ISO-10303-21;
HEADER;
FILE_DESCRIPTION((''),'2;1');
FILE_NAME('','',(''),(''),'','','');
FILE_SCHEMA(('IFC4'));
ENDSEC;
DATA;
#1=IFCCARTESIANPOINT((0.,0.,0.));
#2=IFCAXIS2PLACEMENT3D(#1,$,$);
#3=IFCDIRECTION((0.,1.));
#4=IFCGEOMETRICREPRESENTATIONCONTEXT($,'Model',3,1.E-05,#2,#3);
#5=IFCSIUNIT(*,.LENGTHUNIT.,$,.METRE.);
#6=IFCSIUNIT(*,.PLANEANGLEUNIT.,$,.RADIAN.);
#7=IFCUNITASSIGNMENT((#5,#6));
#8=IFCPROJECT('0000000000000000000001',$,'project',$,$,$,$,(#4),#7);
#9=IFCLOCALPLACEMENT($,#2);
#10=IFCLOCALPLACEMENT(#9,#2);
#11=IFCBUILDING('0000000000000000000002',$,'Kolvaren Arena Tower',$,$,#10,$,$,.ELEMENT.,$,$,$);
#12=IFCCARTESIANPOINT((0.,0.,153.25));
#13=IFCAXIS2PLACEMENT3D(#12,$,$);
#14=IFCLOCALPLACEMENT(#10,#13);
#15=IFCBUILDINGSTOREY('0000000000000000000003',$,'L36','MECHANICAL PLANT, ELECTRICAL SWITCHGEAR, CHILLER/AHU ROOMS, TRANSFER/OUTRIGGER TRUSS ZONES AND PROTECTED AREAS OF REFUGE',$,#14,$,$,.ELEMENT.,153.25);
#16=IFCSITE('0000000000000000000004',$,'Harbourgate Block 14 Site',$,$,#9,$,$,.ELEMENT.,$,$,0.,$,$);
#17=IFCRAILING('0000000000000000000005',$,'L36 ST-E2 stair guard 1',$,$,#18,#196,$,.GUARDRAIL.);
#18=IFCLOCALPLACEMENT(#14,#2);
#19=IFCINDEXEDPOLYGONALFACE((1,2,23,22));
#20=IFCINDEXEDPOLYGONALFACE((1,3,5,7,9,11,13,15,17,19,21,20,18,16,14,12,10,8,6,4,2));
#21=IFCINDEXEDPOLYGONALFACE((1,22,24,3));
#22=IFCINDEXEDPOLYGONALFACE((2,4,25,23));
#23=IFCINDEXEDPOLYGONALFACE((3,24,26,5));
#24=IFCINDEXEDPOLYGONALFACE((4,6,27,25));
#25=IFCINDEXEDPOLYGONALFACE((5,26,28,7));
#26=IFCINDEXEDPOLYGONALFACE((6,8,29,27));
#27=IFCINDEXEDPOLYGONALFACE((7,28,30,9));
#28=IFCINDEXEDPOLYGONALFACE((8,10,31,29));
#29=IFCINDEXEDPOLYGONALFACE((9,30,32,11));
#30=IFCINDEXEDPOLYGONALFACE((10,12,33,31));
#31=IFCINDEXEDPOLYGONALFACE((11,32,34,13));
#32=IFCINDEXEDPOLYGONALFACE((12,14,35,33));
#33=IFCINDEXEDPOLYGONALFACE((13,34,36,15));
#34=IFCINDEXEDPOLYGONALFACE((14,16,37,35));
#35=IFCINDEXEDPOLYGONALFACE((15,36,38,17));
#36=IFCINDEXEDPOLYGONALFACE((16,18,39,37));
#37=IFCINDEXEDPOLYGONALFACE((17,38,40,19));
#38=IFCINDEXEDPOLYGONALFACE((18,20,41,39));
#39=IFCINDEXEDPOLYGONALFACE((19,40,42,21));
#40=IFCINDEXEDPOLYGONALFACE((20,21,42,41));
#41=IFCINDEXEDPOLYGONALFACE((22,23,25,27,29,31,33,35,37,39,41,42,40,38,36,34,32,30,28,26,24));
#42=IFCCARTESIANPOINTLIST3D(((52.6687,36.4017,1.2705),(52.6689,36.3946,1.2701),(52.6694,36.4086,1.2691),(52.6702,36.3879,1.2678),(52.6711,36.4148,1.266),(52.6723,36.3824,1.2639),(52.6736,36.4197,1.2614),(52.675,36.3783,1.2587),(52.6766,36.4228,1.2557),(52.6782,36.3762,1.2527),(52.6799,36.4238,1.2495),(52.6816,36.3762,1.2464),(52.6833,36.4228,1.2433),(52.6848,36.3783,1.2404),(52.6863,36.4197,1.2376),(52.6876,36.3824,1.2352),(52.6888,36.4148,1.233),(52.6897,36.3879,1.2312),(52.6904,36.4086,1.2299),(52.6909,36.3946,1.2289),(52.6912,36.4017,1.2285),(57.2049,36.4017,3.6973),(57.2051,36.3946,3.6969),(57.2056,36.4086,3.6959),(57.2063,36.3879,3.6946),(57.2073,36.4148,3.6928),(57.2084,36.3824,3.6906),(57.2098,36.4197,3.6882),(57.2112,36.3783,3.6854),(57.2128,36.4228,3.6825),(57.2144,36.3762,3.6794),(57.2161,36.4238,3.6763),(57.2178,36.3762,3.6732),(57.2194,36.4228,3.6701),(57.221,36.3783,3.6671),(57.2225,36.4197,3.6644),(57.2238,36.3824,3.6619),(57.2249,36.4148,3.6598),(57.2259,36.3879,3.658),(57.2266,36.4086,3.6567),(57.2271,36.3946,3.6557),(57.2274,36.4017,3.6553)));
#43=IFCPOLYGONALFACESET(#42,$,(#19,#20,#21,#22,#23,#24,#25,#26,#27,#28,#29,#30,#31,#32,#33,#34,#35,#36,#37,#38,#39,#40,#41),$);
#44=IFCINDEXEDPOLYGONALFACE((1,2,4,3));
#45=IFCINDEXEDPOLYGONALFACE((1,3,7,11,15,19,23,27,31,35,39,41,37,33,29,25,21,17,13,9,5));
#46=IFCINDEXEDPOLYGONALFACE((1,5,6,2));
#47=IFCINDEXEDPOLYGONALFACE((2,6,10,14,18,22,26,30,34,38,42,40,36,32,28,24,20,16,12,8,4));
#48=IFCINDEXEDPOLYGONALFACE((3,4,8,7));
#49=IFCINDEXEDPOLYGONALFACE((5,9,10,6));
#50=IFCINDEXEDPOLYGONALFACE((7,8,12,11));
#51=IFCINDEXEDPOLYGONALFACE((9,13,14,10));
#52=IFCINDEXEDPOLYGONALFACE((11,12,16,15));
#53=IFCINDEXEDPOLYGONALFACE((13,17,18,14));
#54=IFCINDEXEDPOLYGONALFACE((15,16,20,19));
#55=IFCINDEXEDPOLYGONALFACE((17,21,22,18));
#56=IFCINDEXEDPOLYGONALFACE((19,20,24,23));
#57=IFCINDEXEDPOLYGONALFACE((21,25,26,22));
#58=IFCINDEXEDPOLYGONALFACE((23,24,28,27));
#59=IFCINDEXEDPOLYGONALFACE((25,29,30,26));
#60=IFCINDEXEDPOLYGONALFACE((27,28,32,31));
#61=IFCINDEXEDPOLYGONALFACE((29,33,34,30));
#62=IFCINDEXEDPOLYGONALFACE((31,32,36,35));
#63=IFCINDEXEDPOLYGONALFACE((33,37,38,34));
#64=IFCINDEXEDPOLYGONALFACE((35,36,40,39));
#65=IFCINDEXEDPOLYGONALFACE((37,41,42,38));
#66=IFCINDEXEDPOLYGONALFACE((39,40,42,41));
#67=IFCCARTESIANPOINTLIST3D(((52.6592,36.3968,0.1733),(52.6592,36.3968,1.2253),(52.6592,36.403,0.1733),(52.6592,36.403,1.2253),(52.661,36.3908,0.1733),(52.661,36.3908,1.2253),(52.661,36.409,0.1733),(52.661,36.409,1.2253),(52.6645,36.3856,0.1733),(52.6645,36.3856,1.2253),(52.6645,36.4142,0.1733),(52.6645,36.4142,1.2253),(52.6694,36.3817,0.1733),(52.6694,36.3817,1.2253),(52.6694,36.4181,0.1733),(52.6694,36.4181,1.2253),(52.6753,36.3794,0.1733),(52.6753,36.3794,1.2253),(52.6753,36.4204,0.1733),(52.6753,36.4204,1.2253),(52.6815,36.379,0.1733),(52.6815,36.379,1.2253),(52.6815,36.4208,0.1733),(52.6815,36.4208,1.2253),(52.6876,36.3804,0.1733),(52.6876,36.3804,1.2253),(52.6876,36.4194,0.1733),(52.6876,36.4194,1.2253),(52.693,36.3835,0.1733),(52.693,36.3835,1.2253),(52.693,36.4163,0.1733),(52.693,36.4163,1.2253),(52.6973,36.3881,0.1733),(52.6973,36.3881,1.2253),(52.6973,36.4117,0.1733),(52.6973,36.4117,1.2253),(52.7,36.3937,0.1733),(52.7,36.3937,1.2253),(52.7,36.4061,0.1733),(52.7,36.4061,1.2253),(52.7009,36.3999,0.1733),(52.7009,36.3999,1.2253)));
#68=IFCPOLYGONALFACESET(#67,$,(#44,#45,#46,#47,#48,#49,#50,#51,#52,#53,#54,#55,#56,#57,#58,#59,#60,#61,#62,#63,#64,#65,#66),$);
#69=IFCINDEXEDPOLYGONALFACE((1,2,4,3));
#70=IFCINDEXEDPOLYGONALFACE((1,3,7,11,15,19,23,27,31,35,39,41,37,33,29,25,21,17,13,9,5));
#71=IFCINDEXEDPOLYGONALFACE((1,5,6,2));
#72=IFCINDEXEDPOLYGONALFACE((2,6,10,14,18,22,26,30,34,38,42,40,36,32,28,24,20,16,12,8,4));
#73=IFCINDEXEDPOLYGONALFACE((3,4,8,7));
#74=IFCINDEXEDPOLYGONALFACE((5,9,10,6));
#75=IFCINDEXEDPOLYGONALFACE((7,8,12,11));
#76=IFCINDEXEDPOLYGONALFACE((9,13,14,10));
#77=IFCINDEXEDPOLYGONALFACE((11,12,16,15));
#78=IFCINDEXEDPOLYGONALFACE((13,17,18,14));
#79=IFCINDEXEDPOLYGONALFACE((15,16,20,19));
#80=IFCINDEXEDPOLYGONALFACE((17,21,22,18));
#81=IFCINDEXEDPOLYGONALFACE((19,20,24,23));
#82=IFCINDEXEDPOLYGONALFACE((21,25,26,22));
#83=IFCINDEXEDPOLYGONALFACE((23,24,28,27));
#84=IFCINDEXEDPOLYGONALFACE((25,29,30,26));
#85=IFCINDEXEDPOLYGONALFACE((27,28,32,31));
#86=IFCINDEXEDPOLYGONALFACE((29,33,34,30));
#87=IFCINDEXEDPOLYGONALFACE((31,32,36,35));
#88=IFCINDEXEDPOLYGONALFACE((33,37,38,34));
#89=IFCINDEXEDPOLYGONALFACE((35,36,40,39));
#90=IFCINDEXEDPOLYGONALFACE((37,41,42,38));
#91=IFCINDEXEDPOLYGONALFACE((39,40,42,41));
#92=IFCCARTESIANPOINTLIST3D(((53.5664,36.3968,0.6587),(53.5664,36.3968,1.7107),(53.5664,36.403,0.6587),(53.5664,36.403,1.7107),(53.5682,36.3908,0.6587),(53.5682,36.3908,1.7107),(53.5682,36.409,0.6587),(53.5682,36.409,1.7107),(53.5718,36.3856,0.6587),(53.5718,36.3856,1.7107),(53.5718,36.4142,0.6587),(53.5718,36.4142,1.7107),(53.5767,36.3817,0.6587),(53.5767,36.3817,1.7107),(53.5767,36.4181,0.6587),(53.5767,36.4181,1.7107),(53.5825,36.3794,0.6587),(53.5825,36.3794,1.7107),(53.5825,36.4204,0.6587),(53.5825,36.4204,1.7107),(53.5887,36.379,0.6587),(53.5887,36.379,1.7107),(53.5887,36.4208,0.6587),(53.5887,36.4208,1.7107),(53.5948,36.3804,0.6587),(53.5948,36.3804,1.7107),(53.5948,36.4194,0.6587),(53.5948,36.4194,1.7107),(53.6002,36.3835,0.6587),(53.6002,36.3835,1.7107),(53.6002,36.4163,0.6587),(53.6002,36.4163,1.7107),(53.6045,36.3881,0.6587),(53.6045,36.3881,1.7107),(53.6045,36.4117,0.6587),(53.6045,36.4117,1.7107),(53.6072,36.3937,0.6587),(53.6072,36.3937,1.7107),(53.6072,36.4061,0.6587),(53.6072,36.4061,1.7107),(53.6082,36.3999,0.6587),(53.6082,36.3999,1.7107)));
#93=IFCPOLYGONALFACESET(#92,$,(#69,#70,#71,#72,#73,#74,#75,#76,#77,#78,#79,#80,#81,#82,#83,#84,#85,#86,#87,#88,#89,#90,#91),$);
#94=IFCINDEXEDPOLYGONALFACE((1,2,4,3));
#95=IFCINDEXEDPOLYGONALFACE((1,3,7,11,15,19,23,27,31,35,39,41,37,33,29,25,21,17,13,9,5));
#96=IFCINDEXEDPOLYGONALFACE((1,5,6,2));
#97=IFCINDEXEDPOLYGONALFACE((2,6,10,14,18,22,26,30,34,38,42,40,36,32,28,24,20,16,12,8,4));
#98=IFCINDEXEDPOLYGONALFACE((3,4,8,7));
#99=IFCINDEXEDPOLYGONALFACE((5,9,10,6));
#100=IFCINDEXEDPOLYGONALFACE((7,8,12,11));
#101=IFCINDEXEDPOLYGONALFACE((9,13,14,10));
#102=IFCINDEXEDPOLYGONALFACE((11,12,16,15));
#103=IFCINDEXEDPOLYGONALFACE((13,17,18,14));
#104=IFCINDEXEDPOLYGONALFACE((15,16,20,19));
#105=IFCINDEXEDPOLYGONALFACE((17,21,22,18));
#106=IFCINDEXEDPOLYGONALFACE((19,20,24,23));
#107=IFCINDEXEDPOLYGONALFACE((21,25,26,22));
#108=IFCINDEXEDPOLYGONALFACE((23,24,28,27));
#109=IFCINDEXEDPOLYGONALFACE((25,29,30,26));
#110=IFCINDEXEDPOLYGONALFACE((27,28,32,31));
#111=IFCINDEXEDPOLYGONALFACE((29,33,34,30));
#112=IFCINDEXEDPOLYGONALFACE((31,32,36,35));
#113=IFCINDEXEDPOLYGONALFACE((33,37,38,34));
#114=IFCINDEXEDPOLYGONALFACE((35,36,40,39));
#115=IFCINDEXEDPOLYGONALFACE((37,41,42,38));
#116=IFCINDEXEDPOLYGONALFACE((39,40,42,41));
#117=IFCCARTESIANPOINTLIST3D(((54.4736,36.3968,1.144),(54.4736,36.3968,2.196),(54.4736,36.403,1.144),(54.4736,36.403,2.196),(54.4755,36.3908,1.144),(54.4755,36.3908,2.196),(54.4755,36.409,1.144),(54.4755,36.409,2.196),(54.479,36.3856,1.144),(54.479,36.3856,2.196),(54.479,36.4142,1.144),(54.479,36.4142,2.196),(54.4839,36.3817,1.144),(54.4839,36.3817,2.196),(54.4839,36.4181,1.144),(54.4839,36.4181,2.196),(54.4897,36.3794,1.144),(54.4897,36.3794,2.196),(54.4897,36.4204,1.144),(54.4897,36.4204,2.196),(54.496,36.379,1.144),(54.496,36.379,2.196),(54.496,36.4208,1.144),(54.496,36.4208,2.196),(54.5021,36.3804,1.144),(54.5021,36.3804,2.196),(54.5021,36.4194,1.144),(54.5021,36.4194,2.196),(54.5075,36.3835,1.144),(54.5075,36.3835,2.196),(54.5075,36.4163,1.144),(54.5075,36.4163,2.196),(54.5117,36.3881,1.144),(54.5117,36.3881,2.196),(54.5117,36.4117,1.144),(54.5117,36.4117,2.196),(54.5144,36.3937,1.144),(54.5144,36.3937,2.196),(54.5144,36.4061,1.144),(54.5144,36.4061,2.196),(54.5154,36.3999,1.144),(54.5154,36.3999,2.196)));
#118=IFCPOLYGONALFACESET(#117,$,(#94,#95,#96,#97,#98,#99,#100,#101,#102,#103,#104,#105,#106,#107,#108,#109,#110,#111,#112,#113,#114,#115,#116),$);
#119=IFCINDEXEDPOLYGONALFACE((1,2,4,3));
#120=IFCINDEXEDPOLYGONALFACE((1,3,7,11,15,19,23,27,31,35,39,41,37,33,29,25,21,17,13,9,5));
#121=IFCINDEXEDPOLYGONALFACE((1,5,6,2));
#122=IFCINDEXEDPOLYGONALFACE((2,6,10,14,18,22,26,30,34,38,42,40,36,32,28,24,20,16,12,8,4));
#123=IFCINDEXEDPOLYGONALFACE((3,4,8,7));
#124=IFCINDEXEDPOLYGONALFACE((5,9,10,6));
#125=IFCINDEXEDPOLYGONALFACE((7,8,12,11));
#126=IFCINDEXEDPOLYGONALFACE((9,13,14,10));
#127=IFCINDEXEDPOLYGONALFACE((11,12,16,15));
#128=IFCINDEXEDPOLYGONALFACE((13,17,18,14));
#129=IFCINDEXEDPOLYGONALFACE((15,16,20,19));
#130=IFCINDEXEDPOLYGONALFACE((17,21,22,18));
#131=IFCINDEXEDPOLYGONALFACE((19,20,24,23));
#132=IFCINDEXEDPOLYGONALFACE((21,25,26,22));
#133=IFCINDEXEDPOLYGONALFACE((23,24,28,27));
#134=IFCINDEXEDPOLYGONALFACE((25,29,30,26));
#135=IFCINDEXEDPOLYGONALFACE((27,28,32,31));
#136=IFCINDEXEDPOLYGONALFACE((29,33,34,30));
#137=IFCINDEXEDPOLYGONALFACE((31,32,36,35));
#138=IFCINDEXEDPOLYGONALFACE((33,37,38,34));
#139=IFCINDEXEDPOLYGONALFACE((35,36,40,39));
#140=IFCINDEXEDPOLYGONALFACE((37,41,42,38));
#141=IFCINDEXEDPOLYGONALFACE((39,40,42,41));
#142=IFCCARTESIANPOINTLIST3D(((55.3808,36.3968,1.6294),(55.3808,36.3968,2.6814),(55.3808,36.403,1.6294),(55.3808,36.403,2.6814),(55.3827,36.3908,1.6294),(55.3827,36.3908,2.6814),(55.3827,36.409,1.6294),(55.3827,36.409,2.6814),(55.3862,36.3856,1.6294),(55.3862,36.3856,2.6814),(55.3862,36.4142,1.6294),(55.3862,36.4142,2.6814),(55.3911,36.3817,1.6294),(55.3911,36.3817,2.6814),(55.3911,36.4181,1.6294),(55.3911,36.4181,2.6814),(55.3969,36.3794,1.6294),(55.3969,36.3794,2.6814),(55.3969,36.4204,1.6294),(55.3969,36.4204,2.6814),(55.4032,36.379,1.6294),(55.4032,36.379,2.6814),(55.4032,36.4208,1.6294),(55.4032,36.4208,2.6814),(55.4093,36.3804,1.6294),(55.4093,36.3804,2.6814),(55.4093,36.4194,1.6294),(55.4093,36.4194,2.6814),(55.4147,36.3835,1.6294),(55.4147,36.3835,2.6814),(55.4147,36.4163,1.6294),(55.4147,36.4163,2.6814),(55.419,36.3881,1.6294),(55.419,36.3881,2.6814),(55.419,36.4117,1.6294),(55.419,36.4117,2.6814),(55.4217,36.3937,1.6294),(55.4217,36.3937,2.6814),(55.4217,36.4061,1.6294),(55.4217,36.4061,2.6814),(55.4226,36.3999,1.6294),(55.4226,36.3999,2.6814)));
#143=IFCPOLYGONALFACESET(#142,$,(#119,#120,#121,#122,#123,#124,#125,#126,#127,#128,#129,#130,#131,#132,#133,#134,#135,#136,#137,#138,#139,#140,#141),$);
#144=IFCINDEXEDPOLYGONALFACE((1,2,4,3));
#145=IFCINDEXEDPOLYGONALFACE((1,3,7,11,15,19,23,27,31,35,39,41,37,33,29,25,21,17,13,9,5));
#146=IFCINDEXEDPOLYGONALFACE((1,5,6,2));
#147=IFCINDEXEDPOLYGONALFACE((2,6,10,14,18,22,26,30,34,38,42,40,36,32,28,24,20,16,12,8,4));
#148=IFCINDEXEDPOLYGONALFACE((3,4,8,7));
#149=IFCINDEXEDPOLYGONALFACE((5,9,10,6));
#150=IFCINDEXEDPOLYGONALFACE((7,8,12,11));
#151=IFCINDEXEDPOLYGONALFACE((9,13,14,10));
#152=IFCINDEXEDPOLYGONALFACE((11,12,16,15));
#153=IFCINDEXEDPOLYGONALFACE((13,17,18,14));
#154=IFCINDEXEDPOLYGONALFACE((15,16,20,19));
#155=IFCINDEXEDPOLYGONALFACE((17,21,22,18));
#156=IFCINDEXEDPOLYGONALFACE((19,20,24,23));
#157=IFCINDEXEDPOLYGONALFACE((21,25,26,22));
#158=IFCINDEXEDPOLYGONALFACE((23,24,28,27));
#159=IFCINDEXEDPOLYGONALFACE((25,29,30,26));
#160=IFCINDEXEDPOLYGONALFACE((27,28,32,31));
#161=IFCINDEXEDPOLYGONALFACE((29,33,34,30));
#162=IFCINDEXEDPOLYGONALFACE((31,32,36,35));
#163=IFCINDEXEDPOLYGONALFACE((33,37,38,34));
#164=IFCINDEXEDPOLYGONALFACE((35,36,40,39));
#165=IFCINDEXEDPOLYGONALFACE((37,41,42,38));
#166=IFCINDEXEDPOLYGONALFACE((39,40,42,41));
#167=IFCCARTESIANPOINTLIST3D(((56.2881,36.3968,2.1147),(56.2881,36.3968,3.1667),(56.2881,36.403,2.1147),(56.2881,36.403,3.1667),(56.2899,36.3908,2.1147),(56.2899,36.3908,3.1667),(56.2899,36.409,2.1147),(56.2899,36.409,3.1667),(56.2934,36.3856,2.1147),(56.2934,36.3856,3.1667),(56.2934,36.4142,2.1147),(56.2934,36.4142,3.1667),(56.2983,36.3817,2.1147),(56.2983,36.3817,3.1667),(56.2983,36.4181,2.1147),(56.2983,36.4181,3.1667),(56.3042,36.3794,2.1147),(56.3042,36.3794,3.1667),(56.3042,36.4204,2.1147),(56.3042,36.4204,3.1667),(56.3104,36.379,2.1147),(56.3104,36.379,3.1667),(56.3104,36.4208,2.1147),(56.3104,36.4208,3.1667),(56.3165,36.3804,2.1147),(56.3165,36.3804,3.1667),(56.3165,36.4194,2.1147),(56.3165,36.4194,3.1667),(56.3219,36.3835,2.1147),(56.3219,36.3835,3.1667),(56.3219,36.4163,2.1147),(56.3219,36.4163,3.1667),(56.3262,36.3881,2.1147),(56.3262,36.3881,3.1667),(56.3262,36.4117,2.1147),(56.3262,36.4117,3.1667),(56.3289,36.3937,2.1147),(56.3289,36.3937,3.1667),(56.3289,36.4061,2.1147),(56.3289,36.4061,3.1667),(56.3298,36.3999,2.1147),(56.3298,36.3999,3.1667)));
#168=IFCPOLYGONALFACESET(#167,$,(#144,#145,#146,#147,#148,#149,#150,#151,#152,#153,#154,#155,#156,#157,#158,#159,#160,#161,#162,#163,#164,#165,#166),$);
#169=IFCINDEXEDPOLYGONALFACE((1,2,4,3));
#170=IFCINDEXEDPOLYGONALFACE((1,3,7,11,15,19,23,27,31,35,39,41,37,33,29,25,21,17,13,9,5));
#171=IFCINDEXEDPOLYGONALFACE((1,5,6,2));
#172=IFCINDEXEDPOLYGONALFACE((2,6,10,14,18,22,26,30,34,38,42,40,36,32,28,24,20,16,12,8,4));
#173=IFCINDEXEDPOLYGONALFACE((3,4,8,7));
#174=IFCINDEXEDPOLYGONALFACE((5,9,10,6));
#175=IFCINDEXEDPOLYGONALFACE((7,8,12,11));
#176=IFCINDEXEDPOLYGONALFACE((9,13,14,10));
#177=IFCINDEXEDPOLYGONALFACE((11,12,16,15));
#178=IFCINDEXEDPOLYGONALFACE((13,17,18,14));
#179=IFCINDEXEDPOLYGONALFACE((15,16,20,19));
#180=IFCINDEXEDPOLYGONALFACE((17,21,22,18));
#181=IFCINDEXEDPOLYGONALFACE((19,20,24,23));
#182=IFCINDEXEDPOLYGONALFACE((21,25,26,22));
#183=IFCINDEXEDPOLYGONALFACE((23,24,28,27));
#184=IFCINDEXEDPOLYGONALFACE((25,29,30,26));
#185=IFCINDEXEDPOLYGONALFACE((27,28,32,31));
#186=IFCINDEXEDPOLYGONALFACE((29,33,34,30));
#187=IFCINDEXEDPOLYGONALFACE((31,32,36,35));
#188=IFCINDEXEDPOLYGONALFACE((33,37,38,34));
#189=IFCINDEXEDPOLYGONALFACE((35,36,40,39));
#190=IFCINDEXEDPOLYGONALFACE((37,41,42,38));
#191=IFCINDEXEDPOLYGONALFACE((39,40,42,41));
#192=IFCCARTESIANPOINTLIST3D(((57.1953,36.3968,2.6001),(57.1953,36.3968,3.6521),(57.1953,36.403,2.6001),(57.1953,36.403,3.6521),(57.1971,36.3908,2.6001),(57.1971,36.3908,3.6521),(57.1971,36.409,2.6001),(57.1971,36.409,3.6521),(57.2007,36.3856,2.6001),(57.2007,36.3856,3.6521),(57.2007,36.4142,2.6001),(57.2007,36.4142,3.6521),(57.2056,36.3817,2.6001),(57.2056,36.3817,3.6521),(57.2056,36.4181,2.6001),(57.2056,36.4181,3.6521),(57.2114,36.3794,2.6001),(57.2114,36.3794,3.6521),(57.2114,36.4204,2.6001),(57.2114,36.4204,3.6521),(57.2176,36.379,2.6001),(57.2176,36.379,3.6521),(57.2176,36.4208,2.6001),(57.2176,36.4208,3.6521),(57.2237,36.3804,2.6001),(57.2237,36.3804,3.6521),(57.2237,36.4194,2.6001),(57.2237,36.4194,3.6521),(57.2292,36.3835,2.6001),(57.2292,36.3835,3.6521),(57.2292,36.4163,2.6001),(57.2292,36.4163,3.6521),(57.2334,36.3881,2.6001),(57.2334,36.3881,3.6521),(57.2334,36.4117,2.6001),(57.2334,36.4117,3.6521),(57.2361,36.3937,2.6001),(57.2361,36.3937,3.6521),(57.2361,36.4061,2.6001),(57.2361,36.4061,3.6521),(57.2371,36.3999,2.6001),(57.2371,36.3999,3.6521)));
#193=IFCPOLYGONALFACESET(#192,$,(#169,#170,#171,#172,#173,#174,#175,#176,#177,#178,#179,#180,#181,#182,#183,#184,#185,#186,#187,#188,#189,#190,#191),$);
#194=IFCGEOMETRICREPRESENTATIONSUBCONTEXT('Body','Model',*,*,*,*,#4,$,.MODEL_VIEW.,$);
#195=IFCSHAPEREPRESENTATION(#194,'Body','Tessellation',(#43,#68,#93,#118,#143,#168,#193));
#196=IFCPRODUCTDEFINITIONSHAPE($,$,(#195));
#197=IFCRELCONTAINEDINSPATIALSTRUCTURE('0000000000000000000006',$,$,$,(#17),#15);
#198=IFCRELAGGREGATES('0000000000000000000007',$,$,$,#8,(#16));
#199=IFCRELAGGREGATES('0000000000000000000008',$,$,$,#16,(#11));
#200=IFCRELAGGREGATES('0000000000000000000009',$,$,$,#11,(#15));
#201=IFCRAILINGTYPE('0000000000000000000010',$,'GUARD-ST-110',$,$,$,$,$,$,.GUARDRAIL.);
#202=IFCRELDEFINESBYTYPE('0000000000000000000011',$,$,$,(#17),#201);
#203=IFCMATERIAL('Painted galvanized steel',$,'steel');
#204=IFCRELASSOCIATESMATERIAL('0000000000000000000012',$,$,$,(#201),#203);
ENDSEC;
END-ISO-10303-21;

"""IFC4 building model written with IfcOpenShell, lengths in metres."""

from ifc_helpers import new_model, si_unit, direction, frame, origin, origin_2d, place, context, subcontext, project, spatial, circle, extrude, material, type_object, element, save


model = new_model("IFC4")

# Units and contexts
model_context = context("Model", 3, precision=1e-05, world=origin(), true_north=direction((0.0, 1.0)))
body_context = subcontext(model_context, "Body", "Model", "MODEL_VIEW")
ifc_project = project(units=[si_unit("LENGTHUNIT", "METRE"), si_unit("PLANEANGLEUNIT", "RADIAN")], contexts=[model_context])

# Site, building, storey
site_placement = place(None, origin())
site = spatial("IfcSite", under=ifc_project, at=site_placement, Name="Harbourgate Block 14 Site", CompositionType="ELEMENT", RefElevation=0.0)
building_placement = place(site_placement, origin())
building = spatial("IfcBuilding", under=site, at=building_placement, Name="Kolvaren Arena Tower", CompositionType="ELEMENT")
storey_placement = place(building_placement, frame((0.0, 0.0, 153.25)))
storey = spatial("IfcBuildingStorey", under=building, at=storey_placement, Name="L36", Description="MECHANICAL PLANT, ELECTRICAL SWITCHGEAR, CHILLER/AHU ROOMS, TRANSFER/OUTRIGGER TRUSS ZONES AND PROTECTED AREAS OF REFUGE", CompositionType="ELEMENT", Elevation=153.25)

# Railing
ifc_material_1 = material(Name="Painted galvanized steel", Category="steel")
railing_type_1 = type_object("IfcRailingType", Name="GUARD-ST-110", PredefinedType="GUARDRAIL", material=ifc_material_1)
railing_1_placement = place(storey_placement, frame((52.6799, 36.3999, 0.1733)))
element("IfcRailing", 1, at=railing_1_placement, inside=storey, type_object=railing_type_1, Name="L36 ST-E2 stair guard 1", PredefinedType="GUARDRAIL", context=body_context, shape_type="SweptSolid", body=[
    extrude(circle(Radius=0.0239, at=origin_2d()), frame((0.0, 0.0, 1.0762), z_axis=(0.881748, 0.0, 0.471721), x_axis=(0.0, 1.0, 0.0)), (0.0, 0.0, 1.0), 5.1445),
    extrude(circle(Radius=0.021, at=origin_2d()), origin(), (0.0, 0.0, 1.0), 1.052),
    extrude(circle(Radius=0.021, at=origin_2d()), frame((0.9072, 0.0, 0.4854)), (0.0, 0.0, 1.0), 1.052),
    extrude(circle(Radius=0.021, at=origin_2d()), frame((1.8145, 0.0, 0.9707)), (0.0, 0.0, 1.0), 1.052),
    extrude(circle(Radius=0.021, at=origin_2d()), frame((2.7217, 0.0, 1.4561)), (0.0, 0.0, 1.0), 1.052),
    extrude(circle(Radius=0.021, at=origin_2d()), frame((3.6289, 0.0, 1.9414)), (0.0, 0.0, 1.0), 1.052),
    extrude(circle(Radius=0.021, at=origin_2d()), frame((4.5361, 0.0, 2.4268)), (0.0, 0.0, 1.0), 1.052),
])

save(model, "model.ifc")
